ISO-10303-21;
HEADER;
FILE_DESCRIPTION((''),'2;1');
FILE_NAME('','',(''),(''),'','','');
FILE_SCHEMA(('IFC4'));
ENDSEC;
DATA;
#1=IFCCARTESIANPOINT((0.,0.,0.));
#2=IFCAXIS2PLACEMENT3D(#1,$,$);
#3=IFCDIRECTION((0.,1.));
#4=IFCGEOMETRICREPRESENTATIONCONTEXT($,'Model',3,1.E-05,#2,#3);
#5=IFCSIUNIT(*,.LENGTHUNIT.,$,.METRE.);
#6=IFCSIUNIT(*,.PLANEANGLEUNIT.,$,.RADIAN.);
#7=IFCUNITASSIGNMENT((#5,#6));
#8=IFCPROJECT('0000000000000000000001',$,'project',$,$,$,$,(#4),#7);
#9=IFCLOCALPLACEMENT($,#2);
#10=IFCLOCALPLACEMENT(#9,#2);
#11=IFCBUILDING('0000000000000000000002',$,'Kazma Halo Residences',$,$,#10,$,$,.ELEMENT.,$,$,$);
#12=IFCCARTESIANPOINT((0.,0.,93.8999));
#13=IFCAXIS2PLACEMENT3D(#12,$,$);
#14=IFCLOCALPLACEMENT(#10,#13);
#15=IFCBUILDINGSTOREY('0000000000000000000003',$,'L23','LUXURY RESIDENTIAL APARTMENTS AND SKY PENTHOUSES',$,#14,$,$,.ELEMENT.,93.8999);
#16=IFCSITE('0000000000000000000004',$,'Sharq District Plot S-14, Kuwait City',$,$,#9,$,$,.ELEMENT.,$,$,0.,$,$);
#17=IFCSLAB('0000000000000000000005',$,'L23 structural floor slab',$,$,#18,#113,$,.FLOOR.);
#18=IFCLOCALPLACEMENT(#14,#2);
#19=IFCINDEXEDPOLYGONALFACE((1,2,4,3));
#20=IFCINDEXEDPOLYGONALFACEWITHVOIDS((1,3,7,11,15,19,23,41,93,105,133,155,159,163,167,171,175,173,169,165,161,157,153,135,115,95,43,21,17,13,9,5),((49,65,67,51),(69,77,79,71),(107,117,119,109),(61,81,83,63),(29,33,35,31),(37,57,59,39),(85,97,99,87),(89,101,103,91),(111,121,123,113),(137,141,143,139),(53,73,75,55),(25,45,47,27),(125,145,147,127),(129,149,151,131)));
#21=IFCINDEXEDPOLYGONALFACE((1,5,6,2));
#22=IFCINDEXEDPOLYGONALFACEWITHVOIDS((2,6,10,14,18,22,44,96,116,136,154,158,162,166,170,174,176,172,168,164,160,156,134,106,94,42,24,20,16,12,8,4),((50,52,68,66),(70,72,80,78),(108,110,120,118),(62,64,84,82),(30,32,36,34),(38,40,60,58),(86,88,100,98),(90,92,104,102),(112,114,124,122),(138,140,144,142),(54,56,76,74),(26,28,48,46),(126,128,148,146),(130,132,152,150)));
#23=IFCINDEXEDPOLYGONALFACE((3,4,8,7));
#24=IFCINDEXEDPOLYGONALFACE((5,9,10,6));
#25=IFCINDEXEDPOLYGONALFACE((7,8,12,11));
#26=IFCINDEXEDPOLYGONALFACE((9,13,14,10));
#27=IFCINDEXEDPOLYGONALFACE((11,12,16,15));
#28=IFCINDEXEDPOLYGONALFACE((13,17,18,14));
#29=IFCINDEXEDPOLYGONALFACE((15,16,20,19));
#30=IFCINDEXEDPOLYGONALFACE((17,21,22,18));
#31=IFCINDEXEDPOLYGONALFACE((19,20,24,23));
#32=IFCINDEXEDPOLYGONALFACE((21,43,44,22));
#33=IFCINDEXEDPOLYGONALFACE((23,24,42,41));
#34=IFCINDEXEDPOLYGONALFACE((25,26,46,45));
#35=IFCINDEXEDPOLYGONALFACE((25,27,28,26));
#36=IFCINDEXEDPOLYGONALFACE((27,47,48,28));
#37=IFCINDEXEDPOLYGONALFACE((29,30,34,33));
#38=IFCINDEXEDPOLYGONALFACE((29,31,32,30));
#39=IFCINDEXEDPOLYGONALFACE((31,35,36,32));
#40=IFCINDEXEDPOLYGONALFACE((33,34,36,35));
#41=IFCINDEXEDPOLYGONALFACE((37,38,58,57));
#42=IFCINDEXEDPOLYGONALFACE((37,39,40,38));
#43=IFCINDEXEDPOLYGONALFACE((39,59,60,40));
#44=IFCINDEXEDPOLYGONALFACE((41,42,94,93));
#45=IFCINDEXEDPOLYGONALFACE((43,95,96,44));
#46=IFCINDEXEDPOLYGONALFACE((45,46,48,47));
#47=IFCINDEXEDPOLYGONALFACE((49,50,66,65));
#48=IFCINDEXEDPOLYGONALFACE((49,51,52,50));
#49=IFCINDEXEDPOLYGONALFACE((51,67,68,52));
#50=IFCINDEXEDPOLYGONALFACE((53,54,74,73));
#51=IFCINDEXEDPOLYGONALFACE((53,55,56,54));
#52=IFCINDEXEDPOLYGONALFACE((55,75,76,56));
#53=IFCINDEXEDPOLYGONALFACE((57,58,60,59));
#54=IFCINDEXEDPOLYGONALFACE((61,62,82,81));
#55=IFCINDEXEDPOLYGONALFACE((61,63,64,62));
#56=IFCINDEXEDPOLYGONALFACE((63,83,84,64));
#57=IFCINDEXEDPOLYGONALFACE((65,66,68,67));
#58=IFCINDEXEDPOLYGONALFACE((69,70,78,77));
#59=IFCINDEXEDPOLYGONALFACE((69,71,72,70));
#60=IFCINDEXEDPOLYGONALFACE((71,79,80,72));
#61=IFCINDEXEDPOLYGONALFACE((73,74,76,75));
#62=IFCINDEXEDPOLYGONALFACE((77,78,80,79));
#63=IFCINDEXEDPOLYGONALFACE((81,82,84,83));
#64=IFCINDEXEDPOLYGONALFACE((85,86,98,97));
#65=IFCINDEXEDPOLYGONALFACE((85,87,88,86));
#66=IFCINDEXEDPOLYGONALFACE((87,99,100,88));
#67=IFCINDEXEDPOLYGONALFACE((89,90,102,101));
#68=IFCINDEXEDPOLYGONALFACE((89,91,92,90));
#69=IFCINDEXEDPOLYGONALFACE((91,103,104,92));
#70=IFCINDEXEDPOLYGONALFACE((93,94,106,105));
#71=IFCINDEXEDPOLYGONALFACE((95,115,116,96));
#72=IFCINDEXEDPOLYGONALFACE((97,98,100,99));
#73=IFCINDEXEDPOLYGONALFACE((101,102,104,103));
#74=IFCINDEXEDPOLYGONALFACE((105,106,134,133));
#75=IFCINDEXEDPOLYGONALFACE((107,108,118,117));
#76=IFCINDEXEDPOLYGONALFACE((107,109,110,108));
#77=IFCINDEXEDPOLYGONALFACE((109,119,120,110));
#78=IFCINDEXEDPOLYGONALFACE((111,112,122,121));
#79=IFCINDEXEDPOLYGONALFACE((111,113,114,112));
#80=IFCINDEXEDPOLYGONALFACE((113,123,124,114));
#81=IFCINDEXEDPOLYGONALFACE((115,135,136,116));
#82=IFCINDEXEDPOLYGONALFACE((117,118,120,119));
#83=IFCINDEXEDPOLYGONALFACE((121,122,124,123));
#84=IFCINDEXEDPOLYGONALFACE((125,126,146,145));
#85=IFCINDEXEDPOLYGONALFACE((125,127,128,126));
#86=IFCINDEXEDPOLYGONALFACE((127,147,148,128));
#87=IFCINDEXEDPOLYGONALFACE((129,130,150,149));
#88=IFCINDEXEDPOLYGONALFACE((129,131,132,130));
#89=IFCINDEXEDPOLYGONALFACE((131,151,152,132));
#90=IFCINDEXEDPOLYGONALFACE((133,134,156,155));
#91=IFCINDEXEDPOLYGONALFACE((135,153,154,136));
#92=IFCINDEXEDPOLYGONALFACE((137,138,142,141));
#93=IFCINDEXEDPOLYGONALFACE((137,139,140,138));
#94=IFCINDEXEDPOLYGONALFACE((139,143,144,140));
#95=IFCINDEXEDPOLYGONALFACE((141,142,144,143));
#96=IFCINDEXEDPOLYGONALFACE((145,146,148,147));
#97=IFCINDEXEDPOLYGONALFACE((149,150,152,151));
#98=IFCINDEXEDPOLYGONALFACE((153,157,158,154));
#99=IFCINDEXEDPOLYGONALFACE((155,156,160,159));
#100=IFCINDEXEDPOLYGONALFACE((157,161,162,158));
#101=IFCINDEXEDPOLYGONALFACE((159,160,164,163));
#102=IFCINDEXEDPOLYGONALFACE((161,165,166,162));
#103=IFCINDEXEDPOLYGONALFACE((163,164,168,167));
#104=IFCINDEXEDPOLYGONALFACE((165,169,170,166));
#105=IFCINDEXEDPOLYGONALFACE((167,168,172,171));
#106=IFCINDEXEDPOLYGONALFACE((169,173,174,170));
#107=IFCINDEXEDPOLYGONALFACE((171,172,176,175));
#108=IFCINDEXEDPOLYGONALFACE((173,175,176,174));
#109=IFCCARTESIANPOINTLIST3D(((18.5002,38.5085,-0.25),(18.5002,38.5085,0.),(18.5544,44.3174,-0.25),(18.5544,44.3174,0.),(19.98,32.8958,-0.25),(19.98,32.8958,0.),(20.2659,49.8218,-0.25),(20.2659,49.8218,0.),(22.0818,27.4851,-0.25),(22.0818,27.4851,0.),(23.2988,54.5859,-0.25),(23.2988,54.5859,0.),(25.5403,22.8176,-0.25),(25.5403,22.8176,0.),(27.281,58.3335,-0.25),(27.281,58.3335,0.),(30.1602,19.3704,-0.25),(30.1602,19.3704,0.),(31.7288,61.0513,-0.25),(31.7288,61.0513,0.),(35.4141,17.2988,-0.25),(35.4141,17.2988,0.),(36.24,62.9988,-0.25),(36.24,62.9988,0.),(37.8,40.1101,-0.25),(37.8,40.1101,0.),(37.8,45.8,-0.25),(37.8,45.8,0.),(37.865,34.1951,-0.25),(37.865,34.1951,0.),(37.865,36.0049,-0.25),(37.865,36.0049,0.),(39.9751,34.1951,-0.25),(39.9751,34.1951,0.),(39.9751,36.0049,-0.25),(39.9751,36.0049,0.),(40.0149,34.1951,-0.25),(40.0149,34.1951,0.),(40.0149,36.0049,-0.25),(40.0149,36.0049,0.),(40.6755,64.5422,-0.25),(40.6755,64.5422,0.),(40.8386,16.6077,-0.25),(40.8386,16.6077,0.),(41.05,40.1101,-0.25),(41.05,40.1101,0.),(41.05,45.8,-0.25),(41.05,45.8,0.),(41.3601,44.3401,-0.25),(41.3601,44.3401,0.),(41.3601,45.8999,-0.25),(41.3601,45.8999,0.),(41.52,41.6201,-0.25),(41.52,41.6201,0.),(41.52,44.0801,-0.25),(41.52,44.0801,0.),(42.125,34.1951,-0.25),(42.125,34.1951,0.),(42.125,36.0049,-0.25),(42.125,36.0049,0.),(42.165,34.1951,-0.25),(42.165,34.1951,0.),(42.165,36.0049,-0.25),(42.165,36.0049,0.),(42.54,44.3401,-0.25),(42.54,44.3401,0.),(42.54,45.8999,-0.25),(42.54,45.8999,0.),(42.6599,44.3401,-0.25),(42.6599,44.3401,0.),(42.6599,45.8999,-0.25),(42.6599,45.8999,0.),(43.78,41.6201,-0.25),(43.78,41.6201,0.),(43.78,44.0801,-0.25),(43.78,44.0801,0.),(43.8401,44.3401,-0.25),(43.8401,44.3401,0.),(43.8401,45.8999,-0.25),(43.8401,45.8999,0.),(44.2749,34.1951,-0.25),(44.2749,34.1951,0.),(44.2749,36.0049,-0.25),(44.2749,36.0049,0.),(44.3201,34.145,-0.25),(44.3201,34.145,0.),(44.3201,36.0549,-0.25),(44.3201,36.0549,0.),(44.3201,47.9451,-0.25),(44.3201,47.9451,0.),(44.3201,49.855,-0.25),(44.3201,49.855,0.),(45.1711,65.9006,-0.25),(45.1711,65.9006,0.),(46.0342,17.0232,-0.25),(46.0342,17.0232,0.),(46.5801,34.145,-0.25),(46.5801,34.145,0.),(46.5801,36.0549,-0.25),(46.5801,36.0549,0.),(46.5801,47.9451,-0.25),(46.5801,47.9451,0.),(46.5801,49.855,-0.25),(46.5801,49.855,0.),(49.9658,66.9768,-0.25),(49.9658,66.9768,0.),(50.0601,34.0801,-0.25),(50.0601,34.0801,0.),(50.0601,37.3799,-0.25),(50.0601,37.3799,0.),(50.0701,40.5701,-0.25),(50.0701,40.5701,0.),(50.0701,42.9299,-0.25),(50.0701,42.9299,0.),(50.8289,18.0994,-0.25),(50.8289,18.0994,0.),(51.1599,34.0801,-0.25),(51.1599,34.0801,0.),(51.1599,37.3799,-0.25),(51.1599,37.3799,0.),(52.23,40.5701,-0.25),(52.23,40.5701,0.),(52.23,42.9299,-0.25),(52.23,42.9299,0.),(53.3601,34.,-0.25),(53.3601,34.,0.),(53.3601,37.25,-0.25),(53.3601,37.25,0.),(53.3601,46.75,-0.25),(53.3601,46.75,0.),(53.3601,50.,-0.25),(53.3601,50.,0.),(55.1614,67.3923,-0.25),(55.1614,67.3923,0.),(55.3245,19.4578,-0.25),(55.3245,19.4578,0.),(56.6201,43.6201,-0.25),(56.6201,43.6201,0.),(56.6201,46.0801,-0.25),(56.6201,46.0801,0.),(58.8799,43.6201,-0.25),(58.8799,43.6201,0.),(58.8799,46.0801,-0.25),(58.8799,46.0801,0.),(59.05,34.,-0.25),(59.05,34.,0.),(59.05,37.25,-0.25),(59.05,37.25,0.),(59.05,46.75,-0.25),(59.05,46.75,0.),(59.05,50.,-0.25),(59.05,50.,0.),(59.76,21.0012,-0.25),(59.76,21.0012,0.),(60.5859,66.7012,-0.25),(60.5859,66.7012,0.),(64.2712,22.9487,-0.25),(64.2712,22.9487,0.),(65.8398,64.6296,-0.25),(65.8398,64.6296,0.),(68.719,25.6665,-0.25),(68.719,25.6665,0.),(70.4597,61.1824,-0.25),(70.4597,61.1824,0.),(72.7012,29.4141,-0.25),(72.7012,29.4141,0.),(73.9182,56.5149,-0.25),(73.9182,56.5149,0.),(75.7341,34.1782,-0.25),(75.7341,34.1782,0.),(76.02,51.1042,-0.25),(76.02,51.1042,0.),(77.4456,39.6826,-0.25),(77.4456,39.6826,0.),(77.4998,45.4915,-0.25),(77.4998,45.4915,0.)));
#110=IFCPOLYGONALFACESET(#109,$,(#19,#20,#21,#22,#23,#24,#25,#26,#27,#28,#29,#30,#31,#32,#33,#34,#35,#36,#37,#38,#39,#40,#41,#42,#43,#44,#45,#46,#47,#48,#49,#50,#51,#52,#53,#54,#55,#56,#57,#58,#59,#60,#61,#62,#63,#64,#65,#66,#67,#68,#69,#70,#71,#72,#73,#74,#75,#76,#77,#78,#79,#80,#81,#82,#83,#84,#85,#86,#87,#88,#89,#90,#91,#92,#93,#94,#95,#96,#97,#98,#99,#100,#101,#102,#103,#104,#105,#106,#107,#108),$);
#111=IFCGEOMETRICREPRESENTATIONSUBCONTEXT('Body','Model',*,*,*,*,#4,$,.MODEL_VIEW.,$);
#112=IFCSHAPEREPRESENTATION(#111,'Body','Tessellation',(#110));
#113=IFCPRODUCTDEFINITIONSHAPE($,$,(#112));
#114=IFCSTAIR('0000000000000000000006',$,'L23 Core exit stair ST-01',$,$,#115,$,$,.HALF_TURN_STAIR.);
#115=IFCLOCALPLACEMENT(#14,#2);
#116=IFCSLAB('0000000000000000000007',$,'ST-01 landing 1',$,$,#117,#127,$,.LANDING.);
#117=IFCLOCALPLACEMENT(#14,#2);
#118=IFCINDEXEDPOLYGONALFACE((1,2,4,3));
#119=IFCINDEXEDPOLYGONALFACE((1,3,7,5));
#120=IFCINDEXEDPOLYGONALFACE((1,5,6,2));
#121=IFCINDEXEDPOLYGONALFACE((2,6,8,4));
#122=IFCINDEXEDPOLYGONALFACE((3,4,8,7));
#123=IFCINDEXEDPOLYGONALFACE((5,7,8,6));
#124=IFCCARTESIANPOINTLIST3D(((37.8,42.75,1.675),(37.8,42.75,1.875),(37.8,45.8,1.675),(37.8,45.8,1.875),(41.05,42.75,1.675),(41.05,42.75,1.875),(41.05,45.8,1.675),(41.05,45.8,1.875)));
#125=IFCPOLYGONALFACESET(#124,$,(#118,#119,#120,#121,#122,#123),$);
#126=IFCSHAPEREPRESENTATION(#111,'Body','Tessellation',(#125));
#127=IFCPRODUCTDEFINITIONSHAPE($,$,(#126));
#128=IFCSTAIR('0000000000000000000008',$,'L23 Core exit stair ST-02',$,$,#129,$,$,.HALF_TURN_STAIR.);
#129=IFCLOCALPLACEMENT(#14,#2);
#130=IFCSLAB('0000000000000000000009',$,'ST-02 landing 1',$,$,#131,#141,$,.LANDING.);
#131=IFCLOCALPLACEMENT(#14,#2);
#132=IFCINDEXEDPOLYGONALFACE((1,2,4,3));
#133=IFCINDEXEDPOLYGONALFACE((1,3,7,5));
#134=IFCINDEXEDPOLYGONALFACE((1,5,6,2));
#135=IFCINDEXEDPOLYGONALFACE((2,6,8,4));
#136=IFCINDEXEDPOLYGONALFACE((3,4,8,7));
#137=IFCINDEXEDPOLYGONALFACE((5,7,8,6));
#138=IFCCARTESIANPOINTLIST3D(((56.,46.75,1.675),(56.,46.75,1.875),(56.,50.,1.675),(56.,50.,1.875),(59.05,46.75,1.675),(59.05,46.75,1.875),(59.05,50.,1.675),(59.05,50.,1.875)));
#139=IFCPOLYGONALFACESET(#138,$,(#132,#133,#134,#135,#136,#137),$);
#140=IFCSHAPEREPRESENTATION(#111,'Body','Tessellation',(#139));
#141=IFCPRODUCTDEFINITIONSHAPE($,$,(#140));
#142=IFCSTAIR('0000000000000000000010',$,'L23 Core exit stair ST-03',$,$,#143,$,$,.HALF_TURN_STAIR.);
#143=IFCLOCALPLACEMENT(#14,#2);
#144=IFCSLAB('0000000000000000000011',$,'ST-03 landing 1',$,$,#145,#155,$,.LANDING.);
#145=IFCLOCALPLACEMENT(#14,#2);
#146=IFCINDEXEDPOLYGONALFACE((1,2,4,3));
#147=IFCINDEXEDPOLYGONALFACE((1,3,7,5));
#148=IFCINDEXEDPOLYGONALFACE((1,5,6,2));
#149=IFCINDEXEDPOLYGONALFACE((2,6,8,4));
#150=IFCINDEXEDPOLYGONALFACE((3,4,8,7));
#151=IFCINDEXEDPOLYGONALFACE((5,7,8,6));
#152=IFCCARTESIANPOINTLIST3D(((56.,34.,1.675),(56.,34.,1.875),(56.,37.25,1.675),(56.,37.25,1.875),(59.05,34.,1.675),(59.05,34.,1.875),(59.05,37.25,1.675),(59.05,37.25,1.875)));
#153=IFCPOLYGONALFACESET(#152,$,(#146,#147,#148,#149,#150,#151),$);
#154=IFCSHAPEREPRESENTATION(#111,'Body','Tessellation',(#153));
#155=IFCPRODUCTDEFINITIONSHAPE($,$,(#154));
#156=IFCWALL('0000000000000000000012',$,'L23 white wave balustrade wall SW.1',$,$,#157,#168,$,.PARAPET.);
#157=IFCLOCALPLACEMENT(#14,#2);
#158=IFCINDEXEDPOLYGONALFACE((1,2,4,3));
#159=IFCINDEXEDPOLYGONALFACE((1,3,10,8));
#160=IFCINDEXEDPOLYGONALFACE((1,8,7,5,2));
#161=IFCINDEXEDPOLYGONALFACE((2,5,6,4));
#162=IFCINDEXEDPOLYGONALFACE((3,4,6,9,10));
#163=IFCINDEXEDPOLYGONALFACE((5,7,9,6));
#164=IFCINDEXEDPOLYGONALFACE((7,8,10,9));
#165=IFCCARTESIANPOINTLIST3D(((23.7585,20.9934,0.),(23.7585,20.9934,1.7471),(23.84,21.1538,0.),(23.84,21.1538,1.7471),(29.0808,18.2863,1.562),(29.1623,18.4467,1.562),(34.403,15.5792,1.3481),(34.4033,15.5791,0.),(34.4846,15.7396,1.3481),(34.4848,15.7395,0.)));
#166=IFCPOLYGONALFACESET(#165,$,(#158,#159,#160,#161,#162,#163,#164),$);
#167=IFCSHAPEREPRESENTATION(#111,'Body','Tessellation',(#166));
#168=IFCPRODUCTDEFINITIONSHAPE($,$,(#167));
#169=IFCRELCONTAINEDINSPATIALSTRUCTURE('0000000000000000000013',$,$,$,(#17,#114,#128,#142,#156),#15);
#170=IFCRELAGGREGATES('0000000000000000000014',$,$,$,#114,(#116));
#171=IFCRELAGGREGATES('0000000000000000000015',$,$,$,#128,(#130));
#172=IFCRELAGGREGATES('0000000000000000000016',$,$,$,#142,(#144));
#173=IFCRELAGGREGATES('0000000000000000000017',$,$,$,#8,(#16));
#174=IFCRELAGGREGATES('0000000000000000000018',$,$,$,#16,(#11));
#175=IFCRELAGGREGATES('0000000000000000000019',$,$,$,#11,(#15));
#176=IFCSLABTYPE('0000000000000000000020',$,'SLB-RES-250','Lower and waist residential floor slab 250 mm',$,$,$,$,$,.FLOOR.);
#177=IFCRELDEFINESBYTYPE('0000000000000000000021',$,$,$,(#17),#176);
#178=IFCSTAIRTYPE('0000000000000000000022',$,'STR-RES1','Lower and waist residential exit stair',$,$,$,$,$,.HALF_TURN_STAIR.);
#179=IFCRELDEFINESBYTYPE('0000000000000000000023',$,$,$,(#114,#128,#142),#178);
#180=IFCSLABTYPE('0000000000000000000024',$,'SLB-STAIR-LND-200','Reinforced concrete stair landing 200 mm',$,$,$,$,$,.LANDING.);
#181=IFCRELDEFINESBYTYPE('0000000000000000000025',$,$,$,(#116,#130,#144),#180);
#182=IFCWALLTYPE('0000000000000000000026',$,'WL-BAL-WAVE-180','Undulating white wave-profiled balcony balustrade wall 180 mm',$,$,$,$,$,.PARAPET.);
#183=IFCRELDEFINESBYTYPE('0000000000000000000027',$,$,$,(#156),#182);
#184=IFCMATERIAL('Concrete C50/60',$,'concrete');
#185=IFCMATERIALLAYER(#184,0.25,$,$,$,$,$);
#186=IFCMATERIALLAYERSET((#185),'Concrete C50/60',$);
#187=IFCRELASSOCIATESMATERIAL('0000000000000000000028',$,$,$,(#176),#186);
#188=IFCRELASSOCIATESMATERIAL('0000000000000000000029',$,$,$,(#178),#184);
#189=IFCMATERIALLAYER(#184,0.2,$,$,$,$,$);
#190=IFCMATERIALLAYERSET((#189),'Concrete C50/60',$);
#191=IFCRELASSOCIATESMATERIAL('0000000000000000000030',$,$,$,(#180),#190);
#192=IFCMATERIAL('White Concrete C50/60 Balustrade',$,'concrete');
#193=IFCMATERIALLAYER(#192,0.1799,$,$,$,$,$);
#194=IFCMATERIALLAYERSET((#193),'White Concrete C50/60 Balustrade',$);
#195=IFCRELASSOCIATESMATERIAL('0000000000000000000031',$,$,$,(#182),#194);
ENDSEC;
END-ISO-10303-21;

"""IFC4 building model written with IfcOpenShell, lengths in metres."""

from ifc_helpers import new_model, si_unit, direction, frame, origin, place, context, subcontext, project, spatial, polyline, outline, extrude, material, layer, layer_set, type_object, element, aggregate, save


model = new_model("IFC4")

# Units and contexts
model_context = context("Model", 3, precision=1e-05, world=origin(), true_north=direction((0.0, 1.0)))
body_context = subcontext(model_context, "Body", "Model", "MODEL_VIEW")
ifc_project = project(units=[si_unit("LENGTHUNIT", "METRE"), si_unit("PLANEANGLEUNIT", "RADIAN")], contexts=[model_context])

# Site, building, storey
site_placement = place(None, origin())
site = spatial("IfcSite", under=ifc_project, at=site_placement, Name="Sharq District Plot S-14, Kuwait City", CompositionType="ELEMENT", RefElevation=0.0)
building_placement = place(site_placement, origin())
building = spatial("IfcBuilding", under=site, at=building_placement, Name="Kazma Halo Residences", CompositionType="ELEMENT")
storey_placement = place(building_placement, frame((0.0, 0.0, 93.8999)))
storey = spatial("IfcBuildingStorey", under=building, at=storey_placement, Name="L23", Description="LUXURY RESIDENTIAL APARTMENTS AND SKY PENTHOUSES", CompositionType="ELEMENT", Elevation=93.8999)

# Slab
ifc_material_1 = material(Name="Concrete C50/60", Category="concrete")
ifc_layer_1 = layer(ifc_material_1, 0.25)
ifc_layer_set_1 = layer_set([ifc_layer_1], Name="Concrete C50/60")
slab_type_1 = type_object("IfcSlabType", Name="SLB-RES-250", Description="Lower and waist residential floor slab 250 mm", PredefinedType="FLOOR", material=ifc_layer_set_1)
slab_1_placement = place(storey_placement, frame((0.0, 0.0, -0.25)))
element("IfcSlab", 1, at=slab_1_placement, inside=storey, type_object=slab_type_1, Name="L23 structural floor slab", PredefinedType="FLOOR", context=body_context, shape_type="SweptSolid", body=[
    extrude(outline(polyline([(76.02, 51.1042), (73.9182, 56.5149), (70.4597, 61.1824), (65.8398, 64.6296), (60.5859, 66.7012), (55.1614, 67.3923), (49.9658, 66.9768), (45.1711, 65.9006), (40.6755, 64.5422), (36.24, 62.9988), (31.7288, 61.0513), (27.281, 58.3335), (23.2988, 54.5859), (20.2659, 49.8218), (18.5544, 44.3174), (18.5002, 38.5085), (19.98, 32.8958), (22.0818, 27.4851), (25.5403, 22.8176), (30.1602, 19.3704), (35.4141, 17.2988), (40.8386, 16.6077), (46.0342, 17.0232), (50.8289, 18.0994), (55.3245, 19.4578), (59.76, 21.0012), (64.2712, 22.9487), (68.719, 25.6665), (72.7012, 29.4141), (75.7341, 34.1782), (77.4456, 39.6826), (77.4998, 45.4915), (76.02, 51.1042)]), holes=[polyline([(37.8, 40.1101), (41.05, 40.1101), (41.05, 45.8), (37.8, 45.8), (37.8, 40.1101)]), polyline([(53.3601, 46.75), (59.05, 46.75), (59.05, 50.0), (53.3601, 50.0), (53.3601, 46.75)]), polyline([(53.3601, 34.0), (59.05, 34.0), (59.05, 37.25), (53.3601, 37.25), (53.3601, 34.0)]), polyline([(41.52, 41.6201), (43.78, 41.6201), (43.78, 44.0801), (41.52, 44.0801), (41.52, 41.6201)]), polyline([(56.6201, 43.6201), (58.8799, 43.6201), (58.8799, 46.0801), (56.6201, 46.0801), (56.6201, 43.6201)]), polyline([(37.865, 34.1951), (39.9751, 34.1951), (39.9751, 36.0049), (37.865, 36.0049), (37.865, 34.1951)]), polyline([(40.0149, 34.1951), (42.125, 34.1951), (42.125, 36.0049), (40.0149, 36.0049), (40.0149, 34.1951)]), polyline([(42.165, 34.1951), (44.2749, 34.1951), (44.2749, 36.0049), (42.165, 36.0049), (42.165, 34.1951)]), polyline([(44.3201, 47.9451), (46.5801, 47.9451), (46.5801, 49.855), (44.3201, 49.855), (44.3201, 47.9451)]), polyline([(44.3201, 34.145), (46.5801, 34.145), (46.5801, 36.0549), (44.3201, 36.0549), (44.3201, 34.145)]), polyline([(50.0701, 40.5701), (52.23, 40.5701), (52.23, 42.9299), (50.0701, 42.9299), (50.0701, 40.5701)]), polyline([(41.3601, 44.3401), (42.54, 44.3401), (42.54, 45.8999), (41.3601, 45.8999), (41.3601, 44.3401)]), polyline([(42.6599, 44.3401), (43.8401, 44.3401), (43.8401, 45.8999), (42.6599, 45.8999), (42.6599, 44.3401)]), polyline([(50.0601, 34.0801), (51.1599, 34.0801), (51.1599, 37.3799), (50.0601, 37.3799), (50.0601, 34.0801)])]), origin(), (0.0, 0.0, 1.0), 0.25),
])

# Stairs, slabs
stair_type = type_object("IfcStairType", Name="STR-RES1", Description="Lower and waist residential exit stair", PredefinedType="HALF_TURN_STAIR", material=ifc_material_1)
stair_1_placement = place(storey_placement, origin())
stair_1 = element("IfcStair", 2, at=stair_1_placement, inside=storey, type_object=stair_type, Name="L23 Core exit stair ST-01", PredefinedType="HALF_TURN_STAIR")
ifc_layer_2 = layer(ifc_material_1, 0.2)
ifc_layer_set_2 = layer_set([ifc_layer_2], Name="Concrete C50/60")
slab_type_2 = type_object("IfcSlabType", Name="SLB-STAIR-LND-200", Description="Reinforced concrete stair landing 200 mm", PredefinedType="LANDING", material=ifc_layer_set_2)
slab_2_placement = place(storey_placement, frame((0.0, 0.0, 1.675)))
slab_2 = element("IfcSlab", 3, at=slab_2_placement, type_object=slab_type_2, Name="ST-01 landing 1", PredefinedType="LANDING", context=body_context, shape_type="SweptSolid", body=[
    extrude(outline(polyline([(41.05, 42.75), (41.05, 45.8), (37.8, 45.8), (37.8, 42.75), (41.05, 42.75)])), origin(), (0.0, 0.0, 1.0), 0.2),
])
aggregate(stair_1, [slab_2])
stair_2_placement = place(storey_placement, origin())
stair_2 = element("IfcStair", 4, at=stair_2_placement, inside=storey, type_object=stair_type, Name="L23 Core exit stair ST-02", PredefinedType="HALF_TURN_STAIR")
slab_3_placement = place(storey_placement, frame((0.0, 0.0, 1.675)))
slab_3 = element("IfcSlab", 5, at=slab_3_placement, type_object=slab_type_2, Name="ST-02 landing 1", PredefinedType="LANDING", context=body_context, shape_type="SweptSolid", body=[
    extrude(outline(polyline([(56.0, 46.75), (59.05, 46.75), (59.05, 50.0), (56.0, 50.0), (56.0, 46.75)])), origin(), (0.0, 0.0, 1.0), 0.2),
])
aggregate(stair_2, [slab_3])
stair_3_placement = place(storey_placement, origin())
stair_3 = element("IfcStair", 6, at=stair_3_placement, inside=storey, type_object=stair_type, Name="L23 Core exit stair ST-03", PredefinedType="HALF_TURN_STAIR")
slab_4_placement = place(storey_placement, frame((0.0, 0.0, 1.675)))
slab_4 = element("IfcSlab", 7, at=slab_4_placement, type_object=slab_type_2, Name="ST-03 landing 1", PredefinedType="LANDING", context=body_context, shape_type="SweptSolid", body=[
    extrude(outline(polyline([(56.0, 34.0), (59.05, 34.0), (59.05, 37.25), (56.0, 37.25), (56.0, 34.0)])), origin(), (0.0, 0.0, 1.0), 0.2),
])
aggregate(stair_3, [slab_4])

# Wall
ifc_material_2 = material(Name="White Concrete C50/60 Balustrade", Category="concrete")
ifc_layer_3 = layer(ifc_material_2, 0.1799)
ifc_layer_set_3 = layer_set([ifc_layer_3], Name="White Concrete C50/60 Balustrade")
wall_type_1 = type_object("IfcWallType", Name="WL-BAL-WAVE-180", Description="Undulating white wave-profiled balcony balustrade wall 180 mm", PredefinedType="PARAPET", material=ifc_layer_set_3)
wall_1_placement = place(storey_placement, frame((23.7993, 21.0737, 0.0), z_axis=(0.0, 0.0, 1.0), x_axis=(0.891327, -0.45336, 0.0)))
element("IfcWall", 8, at=wall_1_placement, inside=storey, type_object=wall_type_1, Name="L23 white wave balustrade wall SW.1", PredefinedType="PARAPET", context=body_context, shape_type="SweptSolid", body=[
    extrude(outline(polyline([(0.0, 0.0), (11.9426, 0.0), (11.9424, 1.3481), (5.9712, 1.562), (0.0, 1.7471), (0.0, 0.0)])), frame((0.0, 0.0898, 0.0), z_axis=(0.0, -1.0, 0.0), x_axis=(1.0, 0.0, 0.0)), (0.0, 0.0, 1.0), 0.1799),
])

save(model, "model.ifc")
